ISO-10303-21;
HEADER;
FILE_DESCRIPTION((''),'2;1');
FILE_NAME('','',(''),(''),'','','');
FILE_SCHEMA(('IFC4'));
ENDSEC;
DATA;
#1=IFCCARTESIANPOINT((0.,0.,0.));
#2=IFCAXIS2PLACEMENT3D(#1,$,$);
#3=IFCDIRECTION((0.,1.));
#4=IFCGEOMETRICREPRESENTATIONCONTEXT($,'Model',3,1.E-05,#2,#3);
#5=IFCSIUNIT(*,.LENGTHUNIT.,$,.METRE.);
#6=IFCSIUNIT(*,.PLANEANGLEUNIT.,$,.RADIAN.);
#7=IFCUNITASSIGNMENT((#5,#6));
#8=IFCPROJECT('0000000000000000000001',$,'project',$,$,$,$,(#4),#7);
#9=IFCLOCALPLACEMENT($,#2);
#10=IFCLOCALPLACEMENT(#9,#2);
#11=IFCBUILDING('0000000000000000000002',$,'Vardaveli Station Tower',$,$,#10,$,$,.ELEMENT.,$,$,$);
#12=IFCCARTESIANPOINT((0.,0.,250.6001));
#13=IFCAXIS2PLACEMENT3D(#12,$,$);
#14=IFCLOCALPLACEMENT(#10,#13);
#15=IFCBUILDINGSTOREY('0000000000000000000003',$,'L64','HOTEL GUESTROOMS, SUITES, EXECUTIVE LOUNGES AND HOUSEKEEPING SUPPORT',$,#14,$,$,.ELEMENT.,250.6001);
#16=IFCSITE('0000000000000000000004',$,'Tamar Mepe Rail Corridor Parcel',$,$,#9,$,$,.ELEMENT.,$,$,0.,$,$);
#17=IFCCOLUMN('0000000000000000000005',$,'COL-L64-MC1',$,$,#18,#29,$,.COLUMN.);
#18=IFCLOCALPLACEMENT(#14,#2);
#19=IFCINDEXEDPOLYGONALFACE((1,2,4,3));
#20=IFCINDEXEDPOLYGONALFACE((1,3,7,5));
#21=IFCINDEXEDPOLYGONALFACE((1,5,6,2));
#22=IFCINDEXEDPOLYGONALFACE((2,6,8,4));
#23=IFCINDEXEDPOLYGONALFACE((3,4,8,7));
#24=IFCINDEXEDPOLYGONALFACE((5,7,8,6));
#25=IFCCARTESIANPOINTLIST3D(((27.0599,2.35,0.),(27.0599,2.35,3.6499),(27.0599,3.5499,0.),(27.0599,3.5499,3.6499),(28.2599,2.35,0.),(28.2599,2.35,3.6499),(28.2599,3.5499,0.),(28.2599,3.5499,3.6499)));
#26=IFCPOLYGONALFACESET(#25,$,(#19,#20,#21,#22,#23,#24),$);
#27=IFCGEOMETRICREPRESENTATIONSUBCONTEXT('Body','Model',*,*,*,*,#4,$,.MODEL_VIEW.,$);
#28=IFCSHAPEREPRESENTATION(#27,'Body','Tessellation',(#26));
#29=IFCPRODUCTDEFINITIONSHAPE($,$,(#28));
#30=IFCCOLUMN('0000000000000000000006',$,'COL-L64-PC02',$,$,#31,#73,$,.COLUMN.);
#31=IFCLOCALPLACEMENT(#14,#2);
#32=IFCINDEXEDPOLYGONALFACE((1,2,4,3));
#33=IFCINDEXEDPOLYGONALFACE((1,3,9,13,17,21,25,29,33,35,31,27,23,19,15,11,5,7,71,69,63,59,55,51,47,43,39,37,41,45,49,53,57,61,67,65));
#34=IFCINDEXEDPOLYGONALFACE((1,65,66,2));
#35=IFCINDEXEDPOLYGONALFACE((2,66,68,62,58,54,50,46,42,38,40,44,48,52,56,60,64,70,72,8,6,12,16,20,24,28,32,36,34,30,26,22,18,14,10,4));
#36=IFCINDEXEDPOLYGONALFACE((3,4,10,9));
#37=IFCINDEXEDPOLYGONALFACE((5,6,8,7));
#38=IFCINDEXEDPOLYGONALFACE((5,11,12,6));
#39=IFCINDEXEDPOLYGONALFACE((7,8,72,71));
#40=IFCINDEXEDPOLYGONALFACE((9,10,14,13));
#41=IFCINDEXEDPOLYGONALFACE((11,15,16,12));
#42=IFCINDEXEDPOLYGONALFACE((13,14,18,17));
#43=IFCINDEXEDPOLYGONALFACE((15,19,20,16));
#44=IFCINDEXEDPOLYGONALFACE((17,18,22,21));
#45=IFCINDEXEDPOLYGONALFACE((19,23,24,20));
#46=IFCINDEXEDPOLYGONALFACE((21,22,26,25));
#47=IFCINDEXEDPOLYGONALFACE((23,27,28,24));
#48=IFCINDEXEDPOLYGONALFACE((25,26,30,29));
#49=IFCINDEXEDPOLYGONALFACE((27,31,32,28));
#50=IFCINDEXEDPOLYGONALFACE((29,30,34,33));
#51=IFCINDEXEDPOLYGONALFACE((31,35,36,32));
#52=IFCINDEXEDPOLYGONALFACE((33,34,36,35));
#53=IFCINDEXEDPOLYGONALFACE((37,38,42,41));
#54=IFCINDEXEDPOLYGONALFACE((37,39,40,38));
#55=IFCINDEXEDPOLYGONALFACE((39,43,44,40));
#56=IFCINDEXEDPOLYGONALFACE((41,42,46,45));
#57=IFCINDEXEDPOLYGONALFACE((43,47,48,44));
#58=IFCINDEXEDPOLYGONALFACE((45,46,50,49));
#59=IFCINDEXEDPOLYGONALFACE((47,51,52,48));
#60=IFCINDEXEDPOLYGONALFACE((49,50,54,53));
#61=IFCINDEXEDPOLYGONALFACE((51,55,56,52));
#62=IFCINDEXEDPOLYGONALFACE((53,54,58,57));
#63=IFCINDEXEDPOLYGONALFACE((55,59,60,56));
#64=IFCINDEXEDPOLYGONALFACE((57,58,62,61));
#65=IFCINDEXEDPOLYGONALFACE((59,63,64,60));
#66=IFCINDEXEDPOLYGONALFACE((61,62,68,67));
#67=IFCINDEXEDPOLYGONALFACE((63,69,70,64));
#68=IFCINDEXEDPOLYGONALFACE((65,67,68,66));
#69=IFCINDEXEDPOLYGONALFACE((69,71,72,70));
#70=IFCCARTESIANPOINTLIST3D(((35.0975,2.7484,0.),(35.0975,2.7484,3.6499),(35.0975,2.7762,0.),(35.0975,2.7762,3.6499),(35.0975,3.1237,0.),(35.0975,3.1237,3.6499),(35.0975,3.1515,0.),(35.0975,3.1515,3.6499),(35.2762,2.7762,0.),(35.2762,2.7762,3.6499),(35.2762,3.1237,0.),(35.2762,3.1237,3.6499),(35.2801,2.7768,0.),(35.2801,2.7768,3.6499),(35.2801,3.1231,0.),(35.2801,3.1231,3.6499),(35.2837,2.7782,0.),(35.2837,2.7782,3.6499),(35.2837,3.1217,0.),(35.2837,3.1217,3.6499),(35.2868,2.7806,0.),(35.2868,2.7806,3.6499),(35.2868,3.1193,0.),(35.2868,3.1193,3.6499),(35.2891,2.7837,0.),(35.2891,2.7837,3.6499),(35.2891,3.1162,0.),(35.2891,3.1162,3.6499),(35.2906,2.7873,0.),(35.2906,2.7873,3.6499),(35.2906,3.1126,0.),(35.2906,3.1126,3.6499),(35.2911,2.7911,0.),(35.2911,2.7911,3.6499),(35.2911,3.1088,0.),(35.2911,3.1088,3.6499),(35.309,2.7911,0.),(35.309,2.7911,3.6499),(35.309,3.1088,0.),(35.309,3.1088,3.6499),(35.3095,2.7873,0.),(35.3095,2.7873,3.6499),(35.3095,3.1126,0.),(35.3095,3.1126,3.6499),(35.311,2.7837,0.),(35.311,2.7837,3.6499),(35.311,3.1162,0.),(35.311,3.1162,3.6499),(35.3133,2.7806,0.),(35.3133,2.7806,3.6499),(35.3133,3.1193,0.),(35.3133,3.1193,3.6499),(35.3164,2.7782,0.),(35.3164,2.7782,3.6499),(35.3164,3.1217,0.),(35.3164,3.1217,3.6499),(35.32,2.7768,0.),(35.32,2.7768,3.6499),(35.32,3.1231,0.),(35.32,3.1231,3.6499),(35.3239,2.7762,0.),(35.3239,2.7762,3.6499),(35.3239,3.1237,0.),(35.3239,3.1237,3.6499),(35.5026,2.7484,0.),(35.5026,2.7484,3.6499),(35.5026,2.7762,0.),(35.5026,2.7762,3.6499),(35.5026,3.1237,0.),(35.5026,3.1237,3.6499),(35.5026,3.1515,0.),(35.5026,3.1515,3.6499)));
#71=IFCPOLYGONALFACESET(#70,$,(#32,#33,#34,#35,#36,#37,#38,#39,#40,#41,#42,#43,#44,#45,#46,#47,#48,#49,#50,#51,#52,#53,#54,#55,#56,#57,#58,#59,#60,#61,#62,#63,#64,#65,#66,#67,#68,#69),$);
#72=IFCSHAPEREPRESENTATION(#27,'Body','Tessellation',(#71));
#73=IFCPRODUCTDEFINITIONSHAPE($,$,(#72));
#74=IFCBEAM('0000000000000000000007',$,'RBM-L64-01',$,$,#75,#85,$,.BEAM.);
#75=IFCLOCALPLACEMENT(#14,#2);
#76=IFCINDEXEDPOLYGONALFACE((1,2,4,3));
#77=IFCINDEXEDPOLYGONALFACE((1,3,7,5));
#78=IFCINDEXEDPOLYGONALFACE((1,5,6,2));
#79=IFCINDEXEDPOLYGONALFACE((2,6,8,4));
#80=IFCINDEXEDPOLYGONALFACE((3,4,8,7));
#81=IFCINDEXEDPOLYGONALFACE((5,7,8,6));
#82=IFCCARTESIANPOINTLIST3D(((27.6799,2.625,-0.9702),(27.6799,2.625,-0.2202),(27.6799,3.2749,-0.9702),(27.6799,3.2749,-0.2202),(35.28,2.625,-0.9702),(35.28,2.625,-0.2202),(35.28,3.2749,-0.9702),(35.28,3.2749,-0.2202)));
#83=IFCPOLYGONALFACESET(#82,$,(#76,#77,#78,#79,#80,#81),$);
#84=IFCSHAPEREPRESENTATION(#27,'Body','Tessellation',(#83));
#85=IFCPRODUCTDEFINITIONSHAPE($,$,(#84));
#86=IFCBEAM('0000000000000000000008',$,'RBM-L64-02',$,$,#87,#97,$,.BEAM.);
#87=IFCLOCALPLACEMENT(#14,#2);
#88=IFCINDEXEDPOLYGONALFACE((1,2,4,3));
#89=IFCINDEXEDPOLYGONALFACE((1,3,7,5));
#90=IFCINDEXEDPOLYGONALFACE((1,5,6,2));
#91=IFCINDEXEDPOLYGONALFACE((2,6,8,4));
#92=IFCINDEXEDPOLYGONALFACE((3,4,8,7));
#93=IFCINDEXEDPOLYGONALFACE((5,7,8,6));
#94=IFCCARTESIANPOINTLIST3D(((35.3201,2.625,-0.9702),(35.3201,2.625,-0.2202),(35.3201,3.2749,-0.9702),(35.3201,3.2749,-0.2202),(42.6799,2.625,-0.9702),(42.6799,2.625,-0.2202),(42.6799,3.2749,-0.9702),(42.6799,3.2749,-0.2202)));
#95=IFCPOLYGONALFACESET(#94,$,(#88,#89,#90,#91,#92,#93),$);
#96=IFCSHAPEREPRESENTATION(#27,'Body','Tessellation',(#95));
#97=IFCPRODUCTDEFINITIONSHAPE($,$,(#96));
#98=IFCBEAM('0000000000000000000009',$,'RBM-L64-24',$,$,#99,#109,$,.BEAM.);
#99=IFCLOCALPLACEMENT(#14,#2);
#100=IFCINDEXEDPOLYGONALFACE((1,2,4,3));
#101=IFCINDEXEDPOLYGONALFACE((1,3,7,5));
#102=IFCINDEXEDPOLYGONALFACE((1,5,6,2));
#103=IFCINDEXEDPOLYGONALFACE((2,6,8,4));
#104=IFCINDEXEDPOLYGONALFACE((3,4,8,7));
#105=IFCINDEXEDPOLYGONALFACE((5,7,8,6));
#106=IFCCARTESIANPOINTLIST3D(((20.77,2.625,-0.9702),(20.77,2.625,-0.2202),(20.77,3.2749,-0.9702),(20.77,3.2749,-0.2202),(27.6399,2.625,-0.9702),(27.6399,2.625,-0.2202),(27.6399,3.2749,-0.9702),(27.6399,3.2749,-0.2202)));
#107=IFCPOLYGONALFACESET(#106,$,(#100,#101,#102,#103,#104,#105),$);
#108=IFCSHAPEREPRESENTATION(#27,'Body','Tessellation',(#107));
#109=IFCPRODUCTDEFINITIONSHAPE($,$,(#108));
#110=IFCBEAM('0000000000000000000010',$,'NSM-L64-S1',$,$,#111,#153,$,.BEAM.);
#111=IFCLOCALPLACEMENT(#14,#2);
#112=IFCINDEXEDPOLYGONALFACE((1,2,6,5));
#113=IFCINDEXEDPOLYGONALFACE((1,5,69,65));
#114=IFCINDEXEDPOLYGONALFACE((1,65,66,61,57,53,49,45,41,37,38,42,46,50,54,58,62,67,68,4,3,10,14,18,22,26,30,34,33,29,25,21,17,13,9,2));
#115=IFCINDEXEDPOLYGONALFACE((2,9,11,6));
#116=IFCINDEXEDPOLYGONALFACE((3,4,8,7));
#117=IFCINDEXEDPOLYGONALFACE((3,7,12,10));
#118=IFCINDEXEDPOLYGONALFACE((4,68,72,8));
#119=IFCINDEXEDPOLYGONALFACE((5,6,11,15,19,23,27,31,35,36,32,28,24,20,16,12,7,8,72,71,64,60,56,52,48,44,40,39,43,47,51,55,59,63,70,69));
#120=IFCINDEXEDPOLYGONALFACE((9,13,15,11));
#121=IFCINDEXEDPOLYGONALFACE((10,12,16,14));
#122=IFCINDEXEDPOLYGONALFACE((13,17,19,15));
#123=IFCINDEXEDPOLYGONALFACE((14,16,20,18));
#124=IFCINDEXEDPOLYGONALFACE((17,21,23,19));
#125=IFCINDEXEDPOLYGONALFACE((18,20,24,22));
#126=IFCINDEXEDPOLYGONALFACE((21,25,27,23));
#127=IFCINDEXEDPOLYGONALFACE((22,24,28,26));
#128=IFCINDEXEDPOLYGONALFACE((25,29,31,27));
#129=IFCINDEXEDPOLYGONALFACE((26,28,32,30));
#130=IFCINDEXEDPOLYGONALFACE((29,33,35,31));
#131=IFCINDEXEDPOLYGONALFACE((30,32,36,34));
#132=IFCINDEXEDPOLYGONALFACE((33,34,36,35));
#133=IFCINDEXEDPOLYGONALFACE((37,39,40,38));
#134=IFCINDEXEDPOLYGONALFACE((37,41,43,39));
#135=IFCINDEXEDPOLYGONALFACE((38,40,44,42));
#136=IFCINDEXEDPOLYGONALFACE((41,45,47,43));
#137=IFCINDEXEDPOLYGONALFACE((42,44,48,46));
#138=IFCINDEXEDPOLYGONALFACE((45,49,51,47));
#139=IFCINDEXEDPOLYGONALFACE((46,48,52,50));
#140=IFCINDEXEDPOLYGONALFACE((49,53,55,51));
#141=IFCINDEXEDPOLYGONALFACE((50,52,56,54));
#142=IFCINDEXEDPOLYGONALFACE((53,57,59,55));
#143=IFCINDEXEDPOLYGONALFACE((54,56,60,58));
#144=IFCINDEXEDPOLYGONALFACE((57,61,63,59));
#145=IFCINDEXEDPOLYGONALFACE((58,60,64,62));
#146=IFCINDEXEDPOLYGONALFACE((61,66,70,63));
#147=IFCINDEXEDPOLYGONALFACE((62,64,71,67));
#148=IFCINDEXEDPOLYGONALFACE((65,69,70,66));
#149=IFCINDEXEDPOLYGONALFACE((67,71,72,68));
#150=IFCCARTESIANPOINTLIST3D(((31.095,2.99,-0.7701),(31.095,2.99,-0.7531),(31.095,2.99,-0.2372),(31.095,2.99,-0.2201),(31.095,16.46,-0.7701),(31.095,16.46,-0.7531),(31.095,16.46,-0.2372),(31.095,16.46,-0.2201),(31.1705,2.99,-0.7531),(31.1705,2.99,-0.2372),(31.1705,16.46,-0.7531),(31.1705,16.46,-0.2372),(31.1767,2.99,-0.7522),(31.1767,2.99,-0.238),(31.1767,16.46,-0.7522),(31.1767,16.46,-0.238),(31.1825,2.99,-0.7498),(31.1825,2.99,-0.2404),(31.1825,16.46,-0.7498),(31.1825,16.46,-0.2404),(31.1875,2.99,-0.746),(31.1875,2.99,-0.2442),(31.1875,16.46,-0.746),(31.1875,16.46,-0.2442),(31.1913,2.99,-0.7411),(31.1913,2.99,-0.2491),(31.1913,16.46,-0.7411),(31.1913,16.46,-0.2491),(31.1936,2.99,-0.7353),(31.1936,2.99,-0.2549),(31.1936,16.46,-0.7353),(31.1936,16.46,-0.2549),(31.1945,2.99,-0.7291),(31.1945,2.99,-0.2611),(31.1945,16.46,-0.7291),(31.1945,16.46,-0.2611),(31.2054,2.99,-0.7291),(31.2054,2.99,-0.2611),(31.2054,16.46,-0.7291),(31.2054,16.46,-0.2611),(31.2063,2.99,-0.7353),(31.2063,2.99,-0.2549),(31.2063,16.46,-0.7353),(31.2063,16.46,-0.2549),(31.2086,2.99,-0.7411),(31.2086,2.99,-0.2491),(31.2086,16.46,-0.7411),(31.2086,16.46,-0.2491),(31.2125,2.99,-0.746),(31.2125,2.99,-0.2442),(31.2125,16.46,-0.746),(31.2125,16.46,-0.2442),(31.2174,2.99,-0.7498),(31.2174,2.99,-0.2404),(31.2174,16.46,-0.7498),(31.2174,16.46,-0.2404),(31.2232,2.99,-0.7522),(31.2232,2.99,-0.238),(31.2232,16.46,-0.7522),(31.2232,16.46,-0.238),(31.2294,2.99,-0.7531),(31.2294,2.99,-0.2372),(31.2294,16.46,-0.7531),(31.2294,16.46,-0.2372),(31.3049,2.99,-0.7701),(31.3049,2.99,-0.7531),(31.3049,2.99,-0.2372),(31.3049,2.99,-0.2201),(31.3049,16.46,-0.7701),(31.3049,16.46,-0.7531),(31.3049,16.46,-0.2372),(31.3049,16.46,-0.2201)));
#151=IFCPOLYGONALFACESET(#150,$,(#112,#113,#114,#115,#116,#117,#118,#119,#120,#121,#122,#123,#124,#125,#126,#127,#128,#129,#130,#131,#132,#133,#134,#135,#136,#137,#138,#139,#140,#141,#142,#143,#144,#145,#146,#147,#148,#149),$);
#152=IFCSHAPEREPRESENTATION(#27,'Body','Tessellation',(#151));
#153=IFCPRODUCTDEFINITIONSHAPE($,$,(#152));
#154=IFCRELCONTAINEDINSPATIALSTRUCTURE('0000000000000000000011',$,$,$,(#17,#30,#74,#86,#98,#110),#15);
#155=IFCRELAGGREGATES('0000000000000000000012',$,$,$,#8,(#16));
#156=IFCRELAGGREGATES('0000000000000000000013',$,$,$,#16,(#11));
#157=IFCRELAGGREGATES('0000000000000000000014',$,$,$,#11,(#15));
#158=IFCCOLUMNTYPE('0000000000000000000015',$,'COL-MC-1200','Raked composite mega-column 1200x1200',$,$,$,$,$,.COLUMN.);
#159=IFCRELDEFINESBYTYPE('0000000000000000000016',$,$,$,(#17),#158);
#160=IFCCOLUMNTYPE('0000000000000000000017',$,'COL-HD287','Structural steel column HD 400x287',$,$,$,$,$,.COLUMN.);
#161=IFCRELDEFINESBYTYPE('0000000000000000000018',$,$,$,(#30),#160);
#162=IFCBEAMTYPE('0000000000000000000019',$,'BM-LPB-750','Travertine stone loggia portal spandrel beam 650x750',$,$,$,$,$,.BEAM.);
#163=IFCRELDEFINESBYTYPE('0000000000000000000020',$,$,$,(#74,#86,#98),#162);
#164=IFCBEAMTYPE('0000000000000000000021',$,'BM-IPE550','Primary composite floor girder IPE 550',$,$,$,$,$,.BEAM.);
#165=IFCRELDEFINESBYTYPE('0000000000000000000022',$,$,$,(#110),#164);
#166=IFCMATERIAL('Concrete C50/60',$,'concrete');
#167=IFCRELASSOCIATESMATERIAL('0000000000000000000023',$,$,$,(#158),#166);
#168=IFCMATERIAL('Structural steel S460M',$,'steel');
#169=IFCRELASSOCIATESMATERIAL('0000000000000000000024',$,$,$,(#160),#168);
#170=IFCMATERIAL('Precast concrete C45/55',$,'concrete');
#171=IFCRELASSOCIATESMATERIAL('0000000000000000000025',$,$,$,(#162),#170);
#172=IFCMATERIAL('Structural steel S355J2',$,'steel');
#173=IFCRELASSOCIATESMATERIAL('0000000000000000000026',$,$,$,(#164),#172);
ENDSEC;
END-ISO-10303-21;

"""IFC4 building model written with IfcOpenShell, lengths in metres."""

from ifc_helpers import new_model, si_unit, direction, frame, origin, origin_2d, place, context, subcontext, project, spatial, rectangle, i_section, extrude, source, transform, mapped, material, material_profile, profile_set, type_object, element, save


model = new_model("IFC4")

# Units and contexts
model_context = context("Model", 3, precision=1e-05, world=origin(), true_north=direction((0.0, 1.0)))
body_context = subcontext(model_context, "Body", "Model", "MODEL_VIEW")
ifc_project = project(units=[si_unit("LENGTHUNIT", "METRE"), si_unit("PLANEANGLEUNIT", "RADIAN")], contexts=[model_context])

# Site, building, storey
site_placement = place(None, origin())
site = spatial("IfcSite", under=ifc_project, at=site_placement, Name="Tamar Mepe Rail Corridor Parcel", CompositionType="ELEMENT", RefElevation=0.0)
building_placement = place(site_placement, origin())
building = spatial("IfcBuilding", under=site, at=building_placement, Name="Vardaveli Station Tower", CompositionType="ELEMENT")
storey_placement = place(building_placement, frame((0.0, 0.0, 250.6001)))
storey = spatial("IfcBuildingStorey", under=building, at=storey_placement, Name="L64", Description="HOTEL GUESTROOMS, SUITES, EXECUTIVE LOUNGES AND HOUSEKEEPING SUPPORT", CompositionType="ELEMENT", Elevation=250.6001)

# Columns
ifc_material_1 = material(Name="Concrete C50/60", Category="concrete")
ifc_material_profile_1 = material_profile(ifc_material_1, rectangle(XDim=1.2, YDim=1.2, at=origin_2d()), Name="MC 1200x1200")
ifc_profile_set_1 = profile_set([ifc_material_profile_1], Name="Concrete C50/60")
column_type_1 = type_object("IfcColumnType", Name="COL-MC-1200", Description="Raked composite mega-column 1200x1200", PredefinedType="COLUMN", material=ifc_profile_set_1)
shared_shape_1 = source(origin(), body_context, "Body", "SweptSolid", [
    extrude(rectangle(XDim=1.2, YDim=1.2, at=origin_2d()), origin(), (0.0, 0.0, 1.0), 3.6499),
])
column_1_placement = place(storey_placement, frame((27.6599, 2.95, 0.0), z_axis=(0.0, 0.0, 1.0), x_axis=(1.0, 0.0, 0.0)))
element("IfcColumn", 1, at=column_1_placement, inside=storey, type_object=column_type_1, Name="COL-L64-MC1", PredefinedType="COLUMN", context=body_context, shape_type="MappedRepresentation", body=[
    mapped(shared_shape_1, transform((0.0, 0.0, 0.0), scale=1.0)),
])
ifc_material_2 = material(Name="Structural steel S460M", Category="steel")
ifc_material_profile_2 = material_profile(ifc_material_2, i_section(OverallWidth=0.405, OverallDepth=0.4031, WebThickness=0.0178, FlangeThickness=0.0278, FilletRadius=0.0149, at=origin_2d()), Name="HD 400x287")
ifc_profile_set_2 = profile_set([ifc_material_profile_2], Name="Structural steel S460M")
column_type_2 = type_object("IfcColumnType", Name="COL-HD287", Description="Structural steel column HD 400x287", PredefinedType="COLUMN", material=ifc_profile_set_2)
shared_shape_2 = source(origin(), body_context, "Body", "SweptSolid", [
    extrude(i_section(OverallWidth=0.405, OverallDepth=0.4031, WebThickness=0.0178, FlangeThickness=0.0278, FilletRadius=0.0149, at=origin_2d()), origin(), (0.0, 0.0, 1.0), 3.6499),
])
column_2_placement = place(storey_placement, frame((35.3, 2.95, 0.0), z_axis=(0.0, 0.0, 1.0), x_axis=(1.0, 0.0, 0.0)))
element("IfcColumn", 2, at=column_2_placement, inside=storey, type_object=column_type_2, Name="COL-L64-PC02", PredefinedType="COLUMN", context=body_context, shape_type="MappedRepresentation", body=[
    mapped(shared_shape_2, transform((0.0, 0.0, 0.0), scale=1.0)),
])

# Beams
ifc_material_3 = material(Name="Precast concrete C45/55", Category="concrete")
ifc_material_profile_3 = material_profile(ifc_material_3, rectangle(XDim=0.6499, YDim=0.75, at=origin_2d()), Name="LPB 650x750")
ifc_profile_set_3 = profile_set([ifc_material_profile_3], Name="Precast concrete C45/55")
beam_type_1 = type_object("IfcBeamType", Name="BM-LPB-750", Description="Travertine stone loggia portal spandrel beam 650x750", PredefinedType="BEAM", material=ifc_profile_set_3)
shared_shape_3 = source(origin(), body_context, "Body", "SweptSolid", [
    extrude(rectangle(XDim=0.6499, YDim=0.75, at=origin_2d()), origin(), (0.0, 0.0, 1.0), 7.6001),
])
beam_1_placement = place(storey_placement, frame((27.6799, 2.95, -0.5952), z_axis=(1.0, 0.0, 0.0), x_axis=(0.0, 1.0, 0.0)))
element("IfcBeam", 3, at=beam_1_placement, inside=storey, type_object=beam_type_1, Name="RBM-L64-01", PredefinedType="BEAM", context=body_context, shape_type="MappedRepresentation", body=[
    mapped(shared_shape_3, transform((0.0, 0.0, 0.0), scale=1.0)),
])
shared_shape_4 = source(origin(), body_context, "Body", "SweptSolid", [
    extrude(rectangle(XDim=0.6499, YDim=0.75, at=origin_2d()), origin(), (0.0, 0.0, 1.0), 7.3599),
])
beam_2_placement = place(storey_placement, frame((35.3201, 2.95, -0.5952), z_axis=(1.0, 0.0, 0.0), x_axis=(0.0, 1.0, 0.0)))
element("IfcBeam", 4, at=beam_2_placement, inside=storey, type_object=beam_type_1, Name="RBM-L64-02", PredefinedType="BEAM", context=body_context, shape_type="MappedRepresentation", body=[
    mapped(shared_shape_4, transform((0.0, 0.0, 0.0), scale=1.0)),
])
shared_shape_5 = source(origin(), body_context, "Body", "SweptSolid", [
    extrude(rectangle(XDim=0.6499, YDim=0.75, at=origin_2d()), origin(), (0.0, 0.0, 1.0), 6.8699),
])
beam_3_placement = place(storey_placement, frame((20.77, 2.95, -0.5952), z_axis=(1.0, 0.0, 0.0), x_axis=(0.0, 1.0, 0.0)))
element("IfcBeam", 5, at=beam_3_placement, inside=storey, type_object=beam_type_1, Name="RBM-L64-24", PredefinedType="BEAM", context=body_context, shape_type="MappedRepresentation", body=[
    mapped(shared_shape_5, transform((0.0, 0.0, 0.0), scale=1.0)),
])
ifc_material_4 = material(Name="Structural steel S355J2", Category="steel")
ifc_material_profile_4 = material_profile(ifc_material_4, i_section(OverallWidth=0.21, OverallDepth=0.55, WebThickness=0.011, FlangeThickness=0.0171, FilletRadius=0.0239, at=origin_2d()), Name="IPE 550")
ifc_profile_set_4 = profile_set([ifc_material_profile_4], Name="Structural steel S355J2")
beam_type_2 = type_object("IfcBeamType", Name="BM-IPE550", Description="Primary composite floor girder IPE 550", PredefinedType="BEAM", material=ifc_profile_set_4)
shared_shape_6 = source(origin(), body_context, "Body", "SweptSolid", [
    extrude(i_section(OverallWidth=0.21, OverallDepth=0.55, WebThickness=0.011, FlangeThickness=0.0171, FilletRadius=0.0239, at=origin_2d()), origin(), (0.0, 0.0, 1.0), 13.47),
])
beam_4_placement = place(storey_placement, frame((31.2, 2.99, -0.4951), z_axis=(0.0, 1.0, 0.0), x_axis=(-1.0, 0.0, 0.0)))
element("IfcBeam", 6, at=beam_4_placement, inside=storey, type_object=beam_type_2, Name="NSM-L64-S1", PredefinedType="BEAM", context=body_context, shape_type="MappedRepresentation", body=[
    mapped(shared_shape_6, transform((0.0, 0.0, 0.0), scale=1.0)),
])

save(model, "model.ifc")
